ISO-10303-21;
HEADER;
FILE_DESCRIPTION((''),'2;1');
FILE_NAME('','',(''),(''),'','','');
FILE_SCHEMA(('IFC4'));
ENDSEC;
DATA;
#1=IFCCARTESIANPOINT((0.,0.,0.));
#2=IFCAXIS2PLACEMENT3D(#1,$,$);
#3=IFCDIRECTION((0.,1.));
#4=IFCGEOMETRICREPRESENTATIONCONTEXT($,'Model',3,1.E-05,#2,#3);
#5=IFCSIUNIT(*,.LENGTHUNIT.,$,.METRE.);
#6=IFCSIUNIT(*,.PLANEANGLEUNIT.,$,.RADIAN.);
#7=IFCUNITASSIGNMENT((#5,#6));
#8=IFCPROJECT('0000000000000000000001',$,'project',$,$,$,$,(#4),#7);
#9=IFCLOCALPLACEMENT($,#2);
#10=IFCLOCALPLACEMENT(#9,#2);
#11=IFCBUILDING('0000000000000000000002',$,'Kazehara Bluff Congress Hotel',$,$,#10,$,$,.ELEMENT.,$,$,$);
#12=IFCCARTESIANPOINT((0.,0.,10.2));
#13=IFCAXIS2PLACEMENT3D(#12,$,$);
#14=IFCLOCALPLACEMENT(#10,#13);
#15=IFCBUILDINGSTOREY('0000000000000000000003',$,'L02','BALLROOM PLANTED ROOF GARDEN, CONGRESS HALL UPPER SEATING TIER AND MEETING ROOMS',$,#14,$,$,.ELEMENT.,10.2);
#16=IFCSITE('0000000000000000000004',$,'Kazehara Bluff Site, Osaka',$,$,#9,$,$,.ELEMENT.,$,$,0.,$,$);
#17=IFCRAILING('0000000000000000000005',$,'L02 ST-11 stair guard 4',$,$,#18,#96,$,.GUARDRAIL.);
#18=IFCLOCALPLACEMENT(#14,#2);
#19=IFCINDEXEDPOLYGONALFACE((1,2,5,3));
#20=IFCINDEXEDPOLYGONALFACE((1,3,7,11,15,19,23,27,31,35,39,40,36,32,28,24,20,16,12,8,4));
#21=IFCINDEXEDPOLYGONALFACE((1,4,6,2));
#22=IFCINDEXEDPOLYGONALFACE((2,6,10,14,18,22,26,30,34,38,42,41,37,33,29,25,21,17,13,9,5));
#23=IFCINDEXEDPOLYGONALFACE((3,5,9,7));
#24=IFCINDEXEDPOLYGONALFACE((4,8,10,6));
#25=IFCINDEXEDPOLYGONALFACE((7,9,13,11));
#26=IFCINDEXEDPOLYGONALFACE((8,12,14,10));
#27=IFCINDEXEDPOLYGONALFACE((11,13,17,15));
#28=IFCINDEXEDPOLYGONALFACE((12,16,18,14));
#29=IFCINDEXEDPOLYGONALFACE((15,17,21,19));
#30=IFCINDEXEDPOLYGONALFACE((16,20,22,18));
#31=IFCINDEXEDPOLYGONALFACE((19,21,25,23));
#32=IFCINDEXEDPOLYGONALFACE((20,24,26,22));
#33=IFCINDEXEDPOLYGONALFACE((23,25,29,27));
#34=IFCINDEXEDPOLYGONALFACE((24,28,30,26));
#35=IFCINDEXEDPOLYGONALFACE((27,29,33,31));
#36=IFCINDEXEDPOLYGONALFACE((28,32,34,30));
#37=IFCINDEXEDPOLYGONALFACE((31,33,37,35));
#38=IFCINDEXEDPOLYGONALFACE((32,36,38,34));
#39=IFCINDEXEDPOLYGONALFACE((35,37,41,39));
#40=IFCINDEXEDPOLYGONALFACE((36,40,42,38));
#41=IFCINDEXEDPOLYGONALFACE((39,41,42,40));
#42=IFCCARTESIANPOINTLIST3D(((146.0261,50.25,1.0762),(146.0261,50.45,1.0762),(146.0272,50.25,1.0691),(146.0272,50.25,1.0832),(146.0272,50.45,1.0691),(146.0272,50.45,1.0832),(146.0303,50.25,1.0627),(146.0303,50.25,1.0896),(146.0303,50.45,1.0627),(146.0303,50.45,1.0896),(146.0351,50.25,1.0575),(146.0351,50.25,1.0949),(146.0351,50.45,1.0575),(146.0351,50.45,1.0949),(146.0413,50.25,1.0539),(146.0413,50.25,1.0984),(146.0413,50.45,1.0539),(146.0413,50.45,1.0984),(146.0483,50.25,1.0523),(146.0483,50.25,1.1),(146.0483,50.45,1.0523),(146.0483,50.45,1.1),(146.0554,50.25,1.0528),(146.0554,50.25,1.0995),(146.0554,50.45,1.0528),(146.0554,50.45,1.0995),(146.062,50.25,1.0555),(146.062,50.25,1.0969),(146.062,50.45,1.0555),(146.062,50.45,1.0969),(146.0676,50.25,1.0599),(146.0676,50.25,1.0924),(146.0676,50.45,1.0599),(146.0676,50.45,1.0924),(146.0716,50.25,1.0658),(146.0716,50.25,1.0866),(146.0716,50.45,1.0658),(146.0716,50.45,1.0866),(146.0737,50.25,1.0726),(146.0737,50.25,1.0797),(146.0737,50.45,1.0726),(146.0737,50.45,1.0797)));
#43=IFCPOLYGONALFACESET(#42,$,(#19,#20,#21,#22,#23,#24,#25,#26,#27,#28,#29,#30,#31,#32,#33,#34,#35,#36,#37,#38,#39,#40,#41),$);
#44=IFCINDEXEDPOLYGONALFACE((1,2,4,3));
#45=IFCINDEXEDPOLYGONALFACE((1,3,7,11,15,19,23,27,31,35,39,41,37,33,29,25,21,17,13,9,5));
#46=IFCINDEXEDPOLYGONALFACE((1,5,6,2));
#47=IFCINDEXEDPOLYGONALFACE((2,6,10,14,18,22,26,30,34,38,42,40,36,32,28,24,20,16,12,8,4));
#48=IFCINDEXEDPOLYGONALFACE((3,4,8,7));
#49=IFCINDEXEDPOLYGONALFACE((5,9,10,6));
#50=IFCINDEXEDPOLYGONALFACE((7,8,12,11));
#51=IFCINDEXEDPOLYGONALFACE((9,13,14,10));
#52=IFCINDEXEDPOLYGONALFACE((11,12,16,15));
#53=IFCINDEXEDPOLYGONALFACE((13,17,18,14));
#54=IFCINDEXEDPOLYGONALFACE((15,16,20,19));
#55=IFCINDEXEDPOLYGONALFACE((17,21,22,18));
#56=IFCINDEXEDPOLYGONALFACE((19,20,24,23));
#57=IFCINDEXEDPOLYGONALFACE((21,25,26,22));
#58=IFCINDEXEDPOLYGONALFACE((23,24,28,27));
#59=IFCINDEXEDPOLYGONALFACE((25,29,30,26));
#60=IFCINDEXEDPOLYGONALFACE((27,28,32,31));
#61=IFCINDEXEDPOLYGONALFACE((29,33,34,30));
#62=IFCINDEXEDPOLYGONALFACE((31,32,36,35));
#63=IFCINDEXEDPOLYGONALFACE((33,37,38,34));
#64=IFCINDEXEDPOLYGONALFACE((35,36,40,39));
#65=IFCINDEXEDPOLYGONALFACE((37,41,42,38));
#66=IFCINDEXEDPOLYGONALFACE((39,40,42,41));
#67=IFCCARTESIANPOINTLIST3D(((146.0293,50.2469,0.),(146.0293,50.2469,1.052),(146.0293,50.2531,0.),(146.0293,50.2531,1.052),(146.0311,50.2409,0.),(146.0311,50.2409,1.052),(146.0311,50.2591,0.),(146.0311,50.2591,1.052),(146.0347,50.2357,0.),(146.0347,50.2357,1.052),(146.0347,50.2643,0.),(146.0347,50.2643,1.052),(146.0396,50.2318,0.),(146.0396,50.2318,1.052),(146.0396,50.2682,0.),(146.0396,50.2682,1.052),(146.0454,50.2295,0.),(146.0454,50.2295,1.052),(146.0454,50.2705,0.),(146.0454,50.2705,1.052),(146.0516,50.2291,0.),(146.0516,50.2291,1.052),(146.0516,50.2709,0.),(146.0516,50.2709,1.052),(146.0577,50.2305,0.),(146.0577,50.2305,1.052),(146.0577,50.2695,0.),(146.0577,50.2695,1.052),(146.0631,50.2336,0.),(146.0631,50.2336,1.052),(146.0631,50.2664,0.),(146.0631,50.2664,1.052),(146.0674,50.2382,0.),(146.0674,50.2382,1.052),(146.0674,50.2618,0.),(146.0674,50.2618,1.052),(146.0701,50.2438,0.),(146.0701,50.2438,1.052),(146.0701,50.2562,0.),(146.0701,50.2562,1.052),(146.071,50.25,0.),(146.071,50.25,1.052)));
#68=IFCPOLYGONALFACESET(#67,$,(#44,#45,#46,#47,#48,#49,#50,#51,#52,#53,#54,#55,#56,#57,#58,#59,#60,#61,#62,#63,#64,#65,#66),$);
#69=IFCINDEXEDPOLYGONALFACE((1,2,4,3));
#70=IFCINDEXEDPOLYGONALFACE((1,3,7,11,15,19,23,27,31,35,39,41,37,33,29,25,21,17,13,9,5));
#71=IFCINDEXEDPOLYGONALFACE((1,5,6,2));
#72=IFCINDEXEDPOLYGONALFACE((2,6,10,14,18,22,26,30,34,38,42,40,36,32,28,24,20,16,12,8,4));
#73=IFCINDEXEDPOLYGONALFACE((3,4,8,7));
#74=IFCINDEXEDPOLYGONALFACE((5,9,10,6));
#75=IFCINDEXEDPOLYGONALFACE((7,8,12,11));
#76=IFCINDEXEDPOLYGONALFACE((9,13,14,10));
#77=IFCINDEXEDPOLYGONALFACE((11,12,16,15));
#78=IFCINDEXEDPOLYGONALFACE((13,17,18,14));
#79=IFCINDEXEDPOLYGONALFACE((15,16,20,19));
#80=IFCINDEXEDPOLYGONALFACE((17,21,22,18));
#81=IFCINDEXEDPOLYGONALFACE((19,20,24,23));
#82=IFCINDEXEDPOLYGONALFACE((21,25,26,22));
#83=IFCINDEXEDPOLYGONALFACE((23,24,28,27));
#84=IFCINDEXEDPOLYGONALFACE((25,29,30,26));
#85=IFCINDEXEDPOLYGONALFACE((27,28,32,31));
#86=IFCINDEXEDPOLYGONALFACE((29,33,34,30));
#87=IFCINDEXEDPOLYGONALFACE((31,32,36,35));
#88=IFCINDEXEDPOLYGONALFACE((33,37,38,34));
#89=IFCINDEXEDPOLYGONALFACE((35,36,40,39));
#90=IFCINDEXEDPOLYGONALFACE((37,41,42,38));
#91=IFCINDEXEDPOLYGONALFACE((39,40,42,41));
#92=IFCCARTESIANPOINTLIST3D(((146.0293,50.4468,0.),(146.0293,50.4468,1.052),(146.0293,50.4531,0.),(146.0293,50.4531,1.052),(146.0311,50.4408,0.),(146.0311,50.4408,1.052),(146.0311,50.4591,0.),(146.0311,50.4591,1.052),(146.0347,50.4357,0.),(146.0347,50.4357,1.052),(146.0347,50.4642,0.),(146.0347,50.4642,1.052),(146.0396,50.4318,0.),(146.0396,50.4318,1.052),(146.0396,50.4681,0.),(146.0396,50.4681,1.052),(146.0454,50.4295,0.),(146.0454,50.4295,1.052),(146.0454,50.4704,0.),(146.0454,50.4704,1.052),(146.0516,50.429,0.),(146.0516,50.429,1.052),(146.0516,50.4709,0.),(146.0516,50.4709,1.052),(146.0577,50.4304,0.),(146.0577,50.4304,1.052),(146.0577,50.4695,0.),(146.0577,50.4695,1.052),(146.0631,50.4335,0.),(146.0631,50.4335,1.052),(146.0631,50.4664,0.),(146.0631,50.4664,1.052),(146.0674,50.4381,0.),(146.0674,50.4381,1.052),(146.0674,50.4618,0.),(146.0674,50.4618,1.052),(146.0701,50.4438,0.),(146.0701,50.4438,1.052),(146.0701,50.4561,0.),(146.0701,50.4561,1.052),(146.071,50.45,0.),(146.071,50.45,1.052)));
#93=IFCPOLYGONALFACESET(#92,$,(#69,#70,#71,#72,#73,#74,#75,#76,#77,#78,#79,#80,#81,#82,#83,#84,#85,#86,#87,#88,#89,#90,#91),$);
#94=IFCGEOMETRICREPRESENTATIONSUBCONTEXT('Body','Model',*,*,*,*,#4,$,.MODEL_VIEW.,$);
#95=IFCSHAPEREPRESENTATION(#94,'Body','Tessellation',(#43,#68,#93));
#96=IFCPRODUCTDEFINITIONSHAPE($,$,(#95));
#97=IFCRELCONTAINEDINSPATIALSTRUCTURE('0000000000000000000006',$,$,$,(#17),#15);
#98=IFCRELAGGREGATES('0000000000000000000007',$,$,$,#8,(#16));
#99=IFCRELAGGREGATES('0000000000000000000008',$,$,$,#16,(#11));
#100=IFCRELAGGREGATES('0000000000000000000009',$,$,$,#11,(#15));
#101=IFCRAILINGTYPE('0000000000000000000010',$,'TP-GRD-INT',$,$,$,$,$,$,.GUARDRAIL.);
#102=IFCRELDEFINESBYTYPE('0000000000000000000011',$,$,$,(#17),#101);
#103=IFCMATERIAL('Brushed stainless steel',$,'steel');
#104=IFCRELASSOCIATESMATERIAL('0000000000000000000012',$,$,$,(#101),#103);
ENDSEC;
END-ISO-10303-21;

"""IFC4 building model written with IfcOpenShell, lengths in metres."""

from ifc_helpers import new_model, si_unit, direction, frame, origin, origin_2d, place, context, subcontext, project, spatial, circle, extrude, material, type_object, element, save


model = new_model("IFC4")

# Units and contexts
model_context = context("Model", 3, precision=1e-05, world=origin(), true_north=direction((0.0, 1.0)))
body_context = subcontext(model_context, "Body", "Model", "MODEL_VIEW")
ifc_project = project(units=[si_unit("LENGTHUNIT", "METRE"), si_unit("PLANEANGLEUNIT", "RADIAN")], contexts=[model_context])

# Site, building, storey
site_placement = place(None, origin())
site = spatial("IfcSite", under=ifc_project, at=site_placement, Name="Kazehara Bluff Site, Osaka", CompositionType="ELEMENT", RefElevation=0.0)
building_placement = place(site_placement, origin())
building = spatial("IfcBuilding", under=site, at=building_placement, Name="Kazehara Bluff Congress Hotel", CompositionType="ELEMENT")
storey_placement = place(building_placement, frame((0.0, 0.0, 10.2)))
storey = spatial("IfcBuildingStorey", under=building, at=storey_placement, Name="L02", Description="BALLROOM PLANTED ROOF GARDEN, CONGRESS HALL UPPER SEATING TIER AND MEETING ROOMS", CompositionType="ELEMENT", Elevation=10.2)

# Railing
ifc_material_1 = material(Name="Brushed stainless steel", Category="steel")
railing_type_1 = type_object("IfcRailingType", Name="TP-GRD-INT", PredefinedType="GUARDRAIL", material=ifc_material_1)
railing_1_placement = place(storey_placement, frame((146.05, 50.25, 0.0)))
element("IfcRailing", 1, at=railing_1_placement, inside=storey, type_object=railing_type_1, Name="L02 ST-11 stair guard 4", PredefinedType="GUARDRAIL", context=body_context, shape_type="SweptSolid", body=[
    extrude(circle(Radius=0.0239, at=origin_2d()), frame((0.0, 0.0, 1.0762), z_axis=(0.0, 1.0, 0.0), x_axis=(-1.0, 0.0, 0.0)), (0.0, 0.0, 1.0), 0.2),
    extrude(circle(Radius=0.021, at=origin_2d()), origin(), (0.0, 0.0, 1.0), 1.052),
    extrude(circle(Radius=0.021, at=origin_2d()), frame((0.0, 0.2, 0.0)), (0.0, 0.0, 1.0), 1.052),
])

save(model, "model.ifc")
